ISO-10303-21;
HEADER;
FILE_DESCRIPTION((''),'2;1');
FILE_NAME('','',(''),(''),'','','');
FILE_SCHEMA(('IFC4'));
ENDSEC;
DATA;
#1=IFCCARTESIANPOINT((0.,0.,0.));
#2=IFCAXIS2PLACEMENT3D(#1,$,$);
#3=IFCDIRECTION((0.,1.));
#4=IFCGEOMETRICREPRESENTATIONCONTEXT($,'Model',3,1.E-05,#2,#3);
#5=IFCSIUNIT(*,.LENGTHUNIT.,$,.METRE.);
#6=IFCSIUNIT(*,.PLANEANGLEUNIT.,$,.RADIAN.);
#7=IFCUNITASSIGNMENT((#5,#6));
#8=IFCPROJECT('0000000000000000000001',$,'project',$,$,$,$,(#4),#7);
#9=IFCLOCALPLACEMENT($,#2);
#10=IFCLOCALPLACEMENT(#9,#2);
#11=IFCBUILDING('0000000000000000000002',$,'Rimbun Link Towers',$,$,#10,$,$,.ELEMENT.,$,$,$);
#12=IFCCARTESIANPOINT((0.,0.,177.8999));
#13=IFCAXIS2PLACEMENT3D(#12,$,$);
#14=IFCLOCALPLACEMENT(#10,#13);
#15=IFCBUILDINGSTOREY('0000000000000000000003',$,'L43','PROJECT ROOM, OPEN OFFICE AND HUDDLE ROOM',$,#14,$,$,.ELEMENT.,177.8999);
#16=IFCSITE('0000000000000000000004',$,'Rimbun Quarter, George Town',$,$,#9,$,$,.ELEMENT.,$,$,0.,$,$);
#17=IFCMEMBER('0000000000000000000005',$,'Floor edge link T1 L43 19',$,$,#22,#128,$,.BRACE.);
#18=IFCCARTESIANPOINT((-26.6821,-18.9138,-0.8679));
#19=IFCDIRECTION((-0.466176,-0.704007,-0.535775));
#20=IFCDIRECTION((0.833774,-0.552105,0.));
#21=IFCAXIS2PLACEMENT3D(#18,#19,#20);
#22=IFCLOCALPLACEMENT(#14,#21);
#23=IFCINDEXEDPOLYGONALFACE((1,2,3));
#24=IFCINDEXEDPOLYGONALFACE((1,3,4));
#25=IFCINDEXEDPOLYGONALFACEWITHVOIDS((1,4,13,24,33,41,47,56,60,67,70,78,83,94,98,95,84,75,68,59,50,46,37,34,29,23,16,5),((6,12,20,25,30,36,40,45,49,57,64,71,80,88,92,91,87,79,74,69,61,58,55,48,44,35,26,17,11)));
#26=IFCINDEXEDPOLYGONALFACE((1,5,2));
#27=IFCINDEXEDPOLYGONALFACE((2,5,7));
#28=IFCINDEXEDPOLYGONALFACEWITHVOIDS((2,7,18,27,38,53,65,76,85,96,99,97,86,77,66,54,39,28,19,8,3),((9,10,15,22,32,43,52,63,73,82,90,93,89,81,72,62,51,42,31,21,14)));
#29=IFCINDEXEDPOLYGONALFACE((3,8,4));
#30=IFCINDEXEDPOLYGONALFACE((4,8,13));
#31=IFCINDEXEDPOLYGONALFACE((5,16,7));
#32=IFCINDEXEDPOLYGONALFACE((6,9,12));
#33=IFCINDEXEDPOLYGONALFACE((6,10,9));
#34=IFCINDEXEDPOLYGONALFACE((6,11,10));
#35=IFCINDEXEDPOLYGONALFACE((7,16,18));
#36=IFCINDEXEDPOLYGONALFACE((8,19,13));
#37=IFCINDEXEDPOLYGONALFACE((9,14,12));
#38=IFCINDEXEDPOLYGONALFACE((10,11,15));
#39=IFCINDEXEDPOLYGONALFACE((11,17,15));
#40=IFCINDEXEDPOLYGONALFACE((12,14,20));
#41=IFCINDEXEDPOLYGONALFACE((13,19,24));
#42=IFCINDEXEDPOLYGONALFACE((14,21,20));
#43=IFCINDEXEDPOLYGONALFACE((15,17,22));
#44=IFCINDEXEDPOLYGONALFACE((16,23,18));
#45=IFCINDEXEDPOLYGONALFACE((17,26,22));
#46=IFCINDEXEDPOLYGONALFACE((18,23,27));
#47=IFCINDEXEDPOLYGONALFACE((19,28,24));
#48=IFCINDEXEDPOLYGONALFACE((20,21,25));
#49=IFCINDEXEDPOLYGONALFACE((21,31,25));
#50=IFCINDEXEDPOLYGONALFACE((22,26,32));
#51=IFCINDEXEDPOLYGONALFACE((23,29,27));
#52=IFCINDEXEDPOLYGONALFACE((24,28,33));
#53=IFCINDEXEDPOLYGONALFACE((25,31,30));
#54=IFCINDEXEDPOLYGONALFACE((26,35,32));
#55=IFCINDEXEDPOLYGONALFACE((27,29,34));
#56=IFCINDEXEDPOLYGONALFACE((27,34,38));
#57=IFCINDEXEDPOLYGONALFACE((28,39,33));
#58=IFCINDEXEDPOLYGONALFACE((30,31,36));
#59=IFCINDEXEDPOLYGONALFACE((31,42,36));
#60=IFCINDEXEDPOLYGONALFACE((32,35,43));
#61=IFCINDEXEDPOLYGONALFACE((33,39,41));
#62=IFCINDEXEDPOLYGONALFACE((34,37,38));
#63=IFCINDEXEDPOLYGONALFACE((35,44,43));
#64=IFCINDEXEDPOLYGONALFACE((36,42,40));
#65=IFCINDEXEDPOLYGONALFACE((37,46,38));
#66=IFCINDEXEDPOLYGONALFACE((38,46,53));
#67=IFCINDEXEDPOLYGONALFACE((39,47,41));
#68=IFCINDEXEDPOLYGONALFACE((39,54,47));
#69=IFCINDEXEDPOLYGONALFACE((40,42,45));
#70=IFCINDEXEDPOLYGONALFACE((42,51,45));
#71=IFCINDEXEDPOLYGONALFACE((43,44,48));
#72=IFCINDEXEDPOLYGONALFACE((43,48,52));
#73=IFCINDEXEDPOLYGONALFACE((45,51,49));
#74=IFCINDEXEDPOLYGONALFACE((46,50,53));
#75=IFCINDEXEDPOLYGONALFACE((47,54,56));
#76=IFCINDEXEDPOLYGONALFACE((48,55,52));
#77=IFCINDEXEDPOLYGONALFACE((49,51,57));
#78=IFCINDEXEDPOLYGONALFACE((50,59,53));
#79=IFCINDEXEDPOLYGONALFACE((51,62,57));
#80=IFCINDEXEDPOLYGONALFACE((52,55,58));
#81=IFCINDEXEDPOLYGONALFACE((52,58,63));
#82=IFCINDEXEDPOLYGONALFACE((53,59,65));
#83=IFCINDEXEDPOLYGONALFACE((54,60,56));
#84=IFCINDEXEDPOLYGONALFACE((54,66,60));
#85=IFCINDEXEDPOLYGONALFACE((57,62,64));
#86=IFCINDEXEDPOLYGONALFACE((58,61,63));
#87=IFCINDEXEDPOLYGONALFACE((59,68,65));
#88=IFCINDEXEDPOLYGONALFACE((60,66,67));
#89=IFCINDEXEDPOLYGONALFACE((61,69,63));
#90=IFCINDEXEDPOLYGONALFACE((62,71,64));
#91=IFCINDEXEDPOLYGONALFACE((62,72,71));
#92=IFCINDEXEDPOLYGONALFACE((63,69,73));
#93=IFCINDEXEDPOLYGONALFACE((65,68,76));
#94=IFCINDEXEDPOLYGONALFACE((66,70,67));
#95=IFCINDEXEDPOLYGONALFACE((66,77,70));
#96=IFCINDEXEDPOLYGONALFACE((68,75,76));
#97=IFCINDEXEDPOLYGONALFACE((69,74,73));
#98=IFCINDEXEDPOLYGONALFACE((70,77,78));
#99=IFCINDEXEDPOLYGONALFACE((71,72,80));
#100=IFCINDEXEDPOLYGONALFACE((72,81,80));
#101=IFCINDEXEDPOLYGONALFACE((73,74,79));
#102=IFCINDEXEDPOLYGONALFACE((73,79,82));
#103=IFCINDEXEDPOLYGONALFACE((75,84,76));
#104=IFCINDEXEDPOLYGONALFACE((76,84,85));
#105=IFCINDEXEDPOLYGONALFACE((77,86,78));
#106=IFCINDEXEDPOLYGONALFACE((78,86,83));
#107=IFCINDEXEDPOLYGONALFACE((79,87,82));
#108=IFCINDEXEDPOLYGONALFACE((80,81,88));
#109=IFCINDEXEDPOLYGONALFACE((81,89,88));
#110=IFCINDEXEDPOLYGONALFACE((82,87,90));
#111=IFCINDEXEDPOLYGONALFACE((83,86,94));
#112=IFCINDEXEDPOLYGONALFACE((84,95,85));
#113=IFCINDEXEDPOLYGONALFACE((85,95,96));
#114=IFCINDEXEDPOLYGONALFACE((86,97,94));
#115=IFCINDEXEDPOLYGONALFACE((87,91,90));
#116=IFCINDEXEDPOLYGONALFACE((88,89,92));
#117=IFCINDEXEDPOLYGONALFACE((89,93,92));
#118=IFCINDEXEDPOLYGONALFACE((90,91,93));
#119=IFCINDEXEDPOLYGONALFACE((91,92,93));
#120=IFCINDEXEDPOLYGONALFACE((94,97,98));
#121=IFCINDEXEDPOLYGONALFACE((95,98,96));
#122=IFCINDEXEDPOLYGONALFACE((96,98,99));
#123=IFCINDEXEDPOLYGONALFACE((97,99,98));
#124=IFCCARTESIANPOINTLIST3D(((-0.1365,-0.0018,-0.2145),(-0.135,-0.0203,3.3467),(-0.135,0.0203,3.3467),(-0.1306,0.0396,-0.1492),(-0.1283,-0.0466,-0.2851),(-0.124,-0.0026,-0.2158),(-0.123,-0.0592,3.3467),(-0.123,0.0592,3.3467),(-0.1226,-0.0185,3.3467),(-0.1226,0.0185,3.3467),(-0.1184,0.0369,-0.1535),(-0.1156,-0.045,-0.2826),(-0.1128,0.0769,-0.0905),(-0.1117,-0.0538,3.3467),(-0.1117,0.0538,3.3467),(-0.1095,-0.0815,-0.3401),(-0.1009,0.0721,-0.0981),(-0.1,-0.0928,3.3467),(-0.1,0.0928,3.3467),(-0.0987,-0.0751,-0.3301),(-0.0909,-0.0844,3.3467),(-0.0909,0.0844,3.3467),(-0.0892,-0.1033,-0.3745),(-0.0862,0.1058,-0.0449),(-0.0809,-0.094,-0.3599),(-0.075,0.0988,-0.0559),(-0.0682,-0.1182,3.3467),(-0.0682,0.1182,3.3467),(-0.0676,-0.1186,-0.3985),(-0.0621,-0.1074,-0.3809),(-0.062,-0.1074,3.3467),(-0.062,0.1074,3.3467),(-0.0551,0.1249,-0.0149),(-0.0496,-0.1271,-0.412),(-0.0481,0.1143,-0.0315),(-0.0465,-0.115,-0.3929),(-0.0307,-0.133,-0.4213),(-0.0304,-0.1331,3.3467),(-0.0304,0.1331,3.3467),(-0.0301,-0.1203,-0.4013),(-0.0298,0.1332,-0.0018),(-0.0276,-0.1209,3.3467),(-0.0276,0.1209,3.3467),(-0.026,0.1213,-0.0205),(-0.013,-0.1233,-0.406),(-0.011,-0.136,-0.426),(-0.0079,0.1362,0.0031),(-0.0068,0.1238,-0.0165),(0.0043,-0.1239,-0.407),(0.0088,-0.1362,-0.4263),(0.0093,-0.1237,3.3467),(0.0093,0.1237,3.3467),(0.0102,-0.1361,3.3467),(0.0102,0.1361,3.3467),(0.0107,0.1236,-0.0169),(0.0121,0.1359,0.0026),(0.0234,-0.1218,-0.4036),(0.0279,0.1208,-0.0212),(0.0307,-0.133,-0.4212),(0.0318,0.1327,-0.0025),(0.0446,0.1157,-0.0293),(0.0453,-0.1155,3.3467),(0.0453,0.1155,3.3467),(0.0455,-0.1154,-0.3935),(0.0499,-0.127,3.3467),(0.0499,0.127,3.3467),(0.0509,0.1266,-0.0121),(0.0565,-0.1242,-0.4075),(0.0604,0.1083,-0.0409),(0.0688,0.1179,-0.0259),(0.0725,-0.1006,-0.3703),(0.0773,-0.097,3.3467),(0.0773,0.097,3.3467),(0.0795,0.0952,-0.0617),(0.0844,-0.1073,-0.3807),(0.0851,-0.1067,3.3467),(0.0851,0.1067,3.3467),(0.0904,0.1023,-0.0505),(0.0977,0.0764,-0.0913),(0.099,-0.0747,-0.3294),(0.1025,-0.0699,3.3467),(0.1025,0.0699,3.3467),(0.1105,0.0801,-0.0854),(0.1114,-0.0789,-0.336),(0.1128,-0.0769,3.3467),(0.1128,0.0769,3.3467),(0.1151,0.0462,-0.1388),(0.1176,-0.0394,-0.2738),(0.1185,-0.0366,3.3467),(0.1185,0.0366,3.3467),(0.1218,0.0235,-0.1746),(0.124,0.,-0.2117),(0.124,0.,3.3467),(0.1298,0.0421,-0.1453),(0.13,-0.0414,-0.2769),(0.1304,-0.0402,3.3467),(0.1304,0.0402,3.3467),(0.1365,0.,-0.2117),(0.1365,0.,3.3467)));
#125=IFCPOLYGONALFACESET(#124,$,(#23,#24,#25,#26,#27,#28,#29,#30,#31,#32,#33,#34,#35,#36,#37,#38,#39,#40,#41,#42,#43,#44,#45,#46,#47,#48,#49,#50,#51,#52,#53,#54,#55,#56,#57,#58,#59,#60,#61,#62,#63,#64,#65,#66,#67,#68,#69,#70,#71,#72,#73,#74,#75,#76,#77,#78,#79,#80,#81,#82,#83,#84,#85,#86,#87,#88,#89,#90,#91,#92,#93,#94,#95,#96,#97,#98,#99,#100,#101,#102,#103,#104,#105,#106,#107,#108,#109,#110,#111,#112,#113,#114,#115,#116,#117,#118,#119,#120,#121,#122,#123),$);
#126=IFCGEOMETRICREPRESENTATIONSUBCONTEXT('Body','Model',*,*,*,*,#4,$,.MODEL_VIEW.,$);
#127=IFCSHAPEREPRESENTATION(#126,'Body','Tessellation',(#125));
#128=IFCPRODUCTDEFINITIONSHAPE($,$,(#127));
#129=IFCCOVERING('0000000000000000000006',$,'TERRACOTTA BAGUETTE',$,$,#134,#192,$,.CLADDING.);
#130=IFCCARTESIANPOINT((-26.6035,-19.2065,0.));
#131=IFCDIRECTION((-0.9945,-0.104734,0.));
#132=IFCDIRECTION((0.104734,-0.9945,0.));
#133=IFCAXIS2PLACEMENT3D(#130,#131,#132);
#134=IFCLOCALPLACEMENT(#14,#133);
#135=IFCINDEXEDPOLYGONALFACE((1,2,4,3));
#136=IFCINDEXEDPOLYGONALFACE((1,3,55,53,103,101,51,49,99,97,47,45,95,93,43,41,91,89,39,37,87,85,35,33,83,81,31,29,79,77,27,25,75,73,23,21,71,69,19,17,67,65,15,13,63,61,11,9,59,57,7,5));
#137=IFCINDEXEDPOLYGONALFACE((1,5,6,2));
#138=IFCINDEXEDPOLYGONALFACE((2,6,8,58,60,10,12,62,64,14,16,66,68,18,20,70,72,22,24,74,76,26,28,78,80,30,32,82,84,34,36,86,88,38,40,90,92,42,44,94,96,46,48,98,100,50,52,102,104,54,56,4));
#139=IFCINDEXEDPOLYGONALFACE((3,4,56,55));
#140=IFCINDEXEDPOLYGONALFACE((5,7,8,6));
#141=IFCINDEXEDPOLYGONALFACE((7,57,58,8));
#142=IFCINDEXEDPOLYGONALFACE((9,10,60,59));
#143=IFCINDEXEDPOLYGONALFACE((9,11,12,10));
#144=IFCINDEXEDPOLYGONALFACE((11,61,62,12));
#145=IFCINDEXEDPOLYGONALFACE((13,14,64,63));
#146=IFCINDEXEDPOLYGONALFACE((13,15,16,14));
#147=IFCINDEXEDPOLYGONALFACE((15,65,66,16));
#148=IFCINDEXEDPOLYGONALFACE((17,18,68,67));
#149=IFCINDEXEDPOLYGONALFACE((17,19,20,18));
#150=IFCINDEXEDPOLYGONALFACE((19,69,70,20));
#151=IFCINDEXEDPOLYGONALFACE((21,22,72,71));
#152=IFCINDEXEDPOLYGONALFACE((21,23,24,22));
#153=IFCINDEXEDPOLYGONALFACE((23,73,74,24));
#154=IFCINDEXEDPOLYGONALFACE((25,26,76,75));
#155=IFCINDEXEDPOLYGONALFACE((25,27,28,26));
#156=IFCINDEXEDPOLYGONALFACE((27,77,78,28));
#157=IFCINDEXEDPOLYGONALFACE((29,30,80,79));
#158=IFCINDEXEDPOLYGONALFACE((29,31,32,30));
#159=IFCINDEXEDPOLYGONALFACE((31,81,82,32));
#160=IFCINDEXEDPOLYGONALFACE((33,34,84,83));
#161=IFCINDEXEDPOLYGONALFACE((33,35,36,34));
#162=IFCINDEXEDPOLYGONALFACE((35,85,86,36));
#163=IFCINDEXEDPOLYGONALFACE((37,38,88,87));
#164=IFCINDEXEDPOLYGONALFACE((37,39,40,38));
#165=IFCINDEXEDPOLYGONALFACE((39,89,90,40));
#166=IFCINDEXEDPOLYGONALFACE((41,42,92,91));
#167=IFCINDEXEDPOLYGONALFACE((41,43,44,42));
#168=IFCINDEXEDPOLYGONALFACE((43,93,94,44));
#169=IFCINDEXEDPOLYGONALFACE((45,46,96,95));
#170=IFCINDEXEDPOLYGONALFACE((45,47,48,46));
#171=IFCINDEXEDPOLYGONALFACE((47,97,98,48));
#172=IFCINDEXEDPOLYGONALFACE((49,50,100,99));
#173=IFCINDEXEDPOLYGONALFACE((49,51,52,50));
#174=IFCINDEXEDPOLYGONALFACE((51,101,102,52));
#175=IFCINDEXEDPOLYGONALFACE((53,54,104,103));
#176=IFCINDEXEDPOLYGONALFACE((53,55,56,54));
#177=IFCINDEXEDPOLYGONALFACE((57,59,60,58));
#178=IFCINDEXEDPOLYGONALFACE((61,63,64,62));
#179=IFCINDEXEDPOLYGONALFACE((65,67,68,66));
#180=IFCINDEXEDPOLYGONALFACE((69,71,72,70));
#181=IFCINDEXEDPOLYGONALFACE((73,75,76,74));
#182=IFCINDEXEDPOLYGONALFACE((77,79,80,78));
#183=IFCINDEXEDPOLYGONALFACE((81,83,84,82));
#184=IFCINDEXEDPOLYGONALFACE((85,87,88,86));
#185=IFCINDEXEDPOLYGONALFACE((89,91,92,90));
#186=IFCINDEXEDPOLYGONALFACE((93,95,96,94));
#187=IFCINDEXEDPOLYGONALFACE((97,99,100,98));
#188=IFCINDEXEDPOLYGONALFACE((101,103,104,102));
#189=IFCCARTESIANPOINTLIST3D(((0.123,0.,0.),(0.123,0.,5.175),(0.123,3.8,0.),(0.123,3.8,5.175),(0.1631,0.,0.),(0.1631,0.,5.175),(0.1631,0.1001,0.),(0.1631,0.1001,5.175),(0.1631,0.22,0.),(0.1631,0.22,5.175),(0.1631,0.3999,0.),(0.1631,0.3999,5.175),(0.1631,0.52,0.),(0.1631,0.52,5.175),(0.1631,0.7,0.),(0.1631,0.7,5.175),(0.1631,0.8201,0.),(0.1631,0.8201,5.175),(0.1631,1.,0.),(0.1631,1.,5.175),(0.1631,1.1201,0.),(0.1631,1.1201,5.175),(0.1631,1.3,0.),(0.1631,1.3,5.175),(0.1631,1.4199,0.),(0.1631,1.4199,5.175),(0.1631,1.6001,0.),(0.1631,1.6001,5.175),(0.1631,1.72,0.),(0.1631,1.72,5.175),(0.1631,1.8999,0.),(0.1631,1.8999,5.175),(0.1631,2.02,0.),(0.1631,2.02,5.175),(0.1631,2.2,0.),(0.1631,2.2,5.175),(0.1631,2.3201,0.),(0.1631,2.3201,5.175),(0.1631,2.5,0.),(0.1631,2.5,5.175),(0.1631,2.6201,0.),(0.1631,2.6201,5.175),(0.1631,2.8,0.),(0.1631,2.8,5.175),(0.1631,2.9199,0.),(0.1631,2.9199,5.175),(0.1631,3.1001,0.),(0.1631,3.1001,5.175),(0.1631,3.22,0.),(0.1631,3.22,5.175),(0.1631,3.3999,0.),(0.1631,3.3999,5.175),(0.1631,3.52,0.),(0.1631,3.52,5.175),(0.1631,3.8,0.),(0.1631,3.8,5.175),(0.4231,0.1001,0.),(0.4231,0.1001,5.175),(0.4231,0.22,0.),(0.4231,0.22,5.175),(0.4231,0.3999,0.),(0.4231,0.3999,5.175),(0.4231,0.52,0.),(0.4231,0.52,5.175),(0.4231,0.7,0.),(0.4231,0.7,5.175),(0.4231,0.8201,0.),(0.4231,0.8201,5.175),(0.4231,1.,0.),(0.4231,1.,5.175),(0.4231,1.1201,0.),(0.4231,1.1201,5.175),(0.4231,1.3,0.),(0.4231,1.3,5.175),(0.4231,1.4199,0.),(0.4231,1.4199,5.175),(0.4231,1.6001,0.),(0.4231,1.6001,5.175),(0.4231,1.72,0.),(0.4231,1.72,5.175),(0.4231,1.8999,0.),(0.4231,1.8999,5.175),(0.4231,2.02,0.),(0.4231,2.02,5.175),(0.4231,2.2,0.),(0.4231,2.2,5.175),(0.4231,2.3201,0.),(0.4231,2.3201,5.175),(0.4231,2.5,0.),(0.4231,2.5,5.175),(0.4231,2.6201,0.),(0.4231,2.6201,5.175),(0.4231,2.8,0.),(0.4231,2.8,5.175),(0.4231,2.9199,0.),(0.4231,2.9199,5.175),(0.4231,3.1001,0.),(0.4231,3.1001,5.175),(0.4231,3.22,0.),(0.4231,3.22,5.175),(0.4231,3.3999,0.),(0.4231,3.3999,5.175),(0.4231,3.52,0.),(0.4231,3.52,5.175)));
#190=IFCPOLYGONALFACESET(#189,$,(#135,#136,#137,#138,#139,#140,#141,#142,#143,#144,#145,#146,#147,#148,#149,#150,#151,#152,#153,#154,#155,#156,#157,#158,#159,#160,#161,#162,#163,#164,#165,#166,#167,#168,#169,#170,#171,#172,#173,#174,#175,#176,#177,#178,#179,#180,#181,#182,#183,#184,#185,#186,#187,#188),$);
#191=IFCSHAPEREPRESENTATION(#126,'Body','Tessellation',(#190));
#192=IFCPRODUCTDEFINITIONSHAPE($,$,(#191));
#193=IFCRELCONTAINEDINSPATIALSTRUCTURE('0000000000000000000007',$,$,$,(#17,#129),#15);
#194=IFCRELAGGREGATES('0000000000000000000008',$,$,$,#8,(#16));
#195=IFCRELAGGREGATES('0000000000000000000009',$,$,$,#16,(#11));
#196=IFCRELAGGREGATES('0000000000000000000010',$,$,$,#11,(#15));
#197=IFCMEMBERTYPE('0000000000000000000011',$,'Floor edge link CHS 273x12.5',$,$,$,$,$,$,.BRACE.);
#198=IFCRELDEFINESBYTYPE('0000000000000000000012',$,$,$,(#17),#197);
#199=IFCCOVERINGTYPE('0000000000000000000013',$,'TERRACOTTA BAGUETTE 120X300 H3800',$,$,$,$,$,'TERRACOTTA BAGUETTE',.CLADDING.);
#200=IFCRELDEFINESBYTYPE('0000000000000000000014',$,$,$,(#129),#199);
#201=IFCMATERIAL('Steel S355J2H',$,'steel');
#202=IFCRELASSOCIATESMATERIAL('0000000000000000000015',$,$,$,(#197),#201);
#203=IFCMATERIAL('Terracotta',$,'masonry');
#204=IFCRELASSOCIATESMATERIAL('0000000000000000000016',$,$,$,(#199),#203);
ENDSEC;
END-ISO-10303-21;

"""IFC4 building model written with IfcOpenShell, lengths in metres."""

from ifc_helpers import new_model, si_unit, direction, frame, origin, origin_2d, place, context, subcontext, project, spatial, polyline, hollow_circle, outline, extrude, clip, halfspace, material, material_profile, profile_set, type_object, element, save


model = new_model("IFC4")

# Units and contexts
model_context = context("Model", 3, precision=1e-05, world=origin(), true_north=direction((0.0, 1.0)))
body_context = subcontext(model_context, "Body", "Model", "MODEL_VIEW")
ifc_project = project(units=[si_unit("LENGTHUNIT", "METRE"), si_unit("PLANEANGLEUNIT", "RADIAN")], contexts=[model_context])

# Site, building, storey
site_placement = place(None, origin())
site = spatial("IfcSite", under=ifc_project, at=site_placement, Name="Rimbun Quarter, George Town", CompositionType="ELEMENT", RefElevation=0.0)
building_placement = place(site_placement, origin())
building = spatial("IfcBuilding", under=site, at=building_placement, Name="Rimbun Link Towers", CompositionType="ELEMENT")
storey_placement = place(building_placement, frame((0.0, 0.0, 177.8999)))
storey = spatial("IfcBuildingStorey", under=building, at=storey_placement, Name="L43", Description="PROJECT ROOM, OPEN OFFICE AND HUDDLE ROOM", CompositionType="ELEMENT", Elevation=177.8999)

# Member
ifc_material_1 = material(Name="Steel S355J2H", Category="steel")
ifc_material_profile_1 = material_profile(ifc_material_1, hollow_circle(Radius=0.1365, WallThickness=0.0125, at=origin_2d()), Name="CHS 273x12.5")
ifc_profile_set_1 = profile_set([ifc_material_profile_1], Name="Steel S355J2H")
member_type_1 = type_object("IfcMemberType", Name="Floor edge link CHS 273x12.5", PredefinedType="BRACE", material=ifc_profile_set_1)
member_1_placement = place(storey_placement, frame((-26.6821, -18.9138, -0.8679), z_axis=(-0.466176, -0.704007, -0.535775), x_axis=(0.833774, -0.552105, 0.0)))
element("IfcMember", 1, at=member_1_placement, inside=storey, type_object=member_type_1, Name="Floor edge link T1 L43 19", PredefinedType="BRACE", context=body_context, shape_type="Clipping", body=[
    clip(extrude(hollow_circle(Radius=0.1365, WallThickness=0.0125, at=origin_2d()), frame((0.0, 0.0, -0.4487)), (0.0, 0.0, 1.0), 3.7954), halfspace(frame((0.0, 0.0, -0.2117), z_axis=(0.0, 0.844361, -0.535775)), False)),
])

# Covering
ifc_material_2 = material(Name="Terracotta", Category="masonry")
ifc_material_profile_2 = material_profile(ifc_material_2, outline(polyline([(0.123, 0.0), (0.1631, 0.0), (0.1631, 0.1001), (0.4231, 0.1001), (0.4231, 0.22), (0.1631, 0.22), (0.1631, 0.3999), (0.4231, 0.3999), (0.4231, 0.52), (0.1631, 0.52), (0.1631, 0.7), (0.4231, 0.7), (0.4231, 0.8201), (0.1631, 0.8201), (0.1631, 1.0), (0.4231, 1.0), (0.4231, 1.1201), (0.1631, 1.1201), (0.1631, 1.3), (0.4231, 1.3), (0.4231, 1.4199), (0.1631, 1.4199), (0.1631, 1.6001), (0.4231, 1.6001), (0.4231, 1.72), (0.1631, 1.72), (0.1631, 1.8999), (0.4231, 1.8999), (0.4231, 2.02), (0.1631, 2.02), (0.1631, 2.2), (0.4231, 2.2), (0.4231, 2.3201), (0.1631, 2.3201), (0.1631, 2.5), (0.4231, 2.5), (0.4231, 2.6201), (0.1631, 2.6201), (0.1631, 2.8), (0.4231, 2.8), (0.4231, 2.9199), (0.1631, 2.9199), (0.1631, 3.1001), (0.4231, 3.1001), (0.4231, 3.22), (0.1631, 3.22), (0.1631, 3.3999), (0.4231, 3.3999), (0.4231, 3.52), (0.1631, 3.52), (0.1631, 3.8), (0.123, 3.8), (0.123, 0.0)])), Name="BAGUETTE 120X300")
ifc_profile_set_2 = profile_set([ifc_material_profile_2], Name="Terracotta")
covering_type = type_object("IfcCoveringType", Name="TERRACOTTA BAGUETTE 120X300 H3800", ElementType="TERRACOTTA BAGUETTE", PredefinedType="CLADDING", material=ifc_profile_set_2)
covering_1_placement = place(storey_placement, frame((-26.6035, -19.2065, 0.0), z_axis=(-0.9945, -0.104734, 0.0), x_axis=(0.104734, -0.9945, 0.0)))
element("IfcCovering", 2, at=covering_1_placement, inside=storey, type_object=covering_type, Name="TERRACOTTA BAGUETTE", PredefinedType="CLADDING", context=body_context, shape_type="SweptSolid", body=[
    extrude(outline(polyline([(0.123, 0.0), (0.1631, 0.0), (0.1631, 0.1001), (0.4231, 0.1001), (0.4231, 0.22), (0.1631, 0.22), (0.1631, 0.3999), (0.4231, 0.3999), (0.4231, 0.52), (0.1631, 0.52), (0.1631, 0.7), (0.4231, 0.7), (0.4231, 0.8201), (0.1631, 0.8201), (0.1631, 1.0), (0.4231, 1.0), (0.4231, 1.1201), (0.1631, 1.1201), (0.1631, 1.3), (0.4231, 1.3), (0.4231, 1.4199), (0.1631, 1.4199), (0.1631, 1.6001), (0.4231, 1.6001), (0.4231, 1.72), (0.1631, 1.72), (0.1631, 1.8999), (0.4231, 1.8999), (0.4231, 2.02), (0.1631, 2.02), (0.1631, 2.2), (0.4231, 2.2), (0.4231, 2.3201), (0.1631, 2.3201), (0.1631, 2.5), (0.4231, 2.5), (0.4231, 2.6201), (0.1631, 2.6201), (0.1631, 2.8), (0.4231, 2.8), (0.4231, 2.9199), (0.1631, 2.9199), (0.1631, 3.1001), (0.4231, 3.1001), (0.4231, 3.22), (0.1631, 3.22), (0.1631, 3.3999), (0.4231, 3.3999), (0.4231, 3.52), (0.1631, 3.52), (0.1631, 3.8), (0.123, 3.8), (0.123, 0.0)])), origin(), (0.0, 0.0, 1.0), 5.175),
])

save(model, "model.ifc")
